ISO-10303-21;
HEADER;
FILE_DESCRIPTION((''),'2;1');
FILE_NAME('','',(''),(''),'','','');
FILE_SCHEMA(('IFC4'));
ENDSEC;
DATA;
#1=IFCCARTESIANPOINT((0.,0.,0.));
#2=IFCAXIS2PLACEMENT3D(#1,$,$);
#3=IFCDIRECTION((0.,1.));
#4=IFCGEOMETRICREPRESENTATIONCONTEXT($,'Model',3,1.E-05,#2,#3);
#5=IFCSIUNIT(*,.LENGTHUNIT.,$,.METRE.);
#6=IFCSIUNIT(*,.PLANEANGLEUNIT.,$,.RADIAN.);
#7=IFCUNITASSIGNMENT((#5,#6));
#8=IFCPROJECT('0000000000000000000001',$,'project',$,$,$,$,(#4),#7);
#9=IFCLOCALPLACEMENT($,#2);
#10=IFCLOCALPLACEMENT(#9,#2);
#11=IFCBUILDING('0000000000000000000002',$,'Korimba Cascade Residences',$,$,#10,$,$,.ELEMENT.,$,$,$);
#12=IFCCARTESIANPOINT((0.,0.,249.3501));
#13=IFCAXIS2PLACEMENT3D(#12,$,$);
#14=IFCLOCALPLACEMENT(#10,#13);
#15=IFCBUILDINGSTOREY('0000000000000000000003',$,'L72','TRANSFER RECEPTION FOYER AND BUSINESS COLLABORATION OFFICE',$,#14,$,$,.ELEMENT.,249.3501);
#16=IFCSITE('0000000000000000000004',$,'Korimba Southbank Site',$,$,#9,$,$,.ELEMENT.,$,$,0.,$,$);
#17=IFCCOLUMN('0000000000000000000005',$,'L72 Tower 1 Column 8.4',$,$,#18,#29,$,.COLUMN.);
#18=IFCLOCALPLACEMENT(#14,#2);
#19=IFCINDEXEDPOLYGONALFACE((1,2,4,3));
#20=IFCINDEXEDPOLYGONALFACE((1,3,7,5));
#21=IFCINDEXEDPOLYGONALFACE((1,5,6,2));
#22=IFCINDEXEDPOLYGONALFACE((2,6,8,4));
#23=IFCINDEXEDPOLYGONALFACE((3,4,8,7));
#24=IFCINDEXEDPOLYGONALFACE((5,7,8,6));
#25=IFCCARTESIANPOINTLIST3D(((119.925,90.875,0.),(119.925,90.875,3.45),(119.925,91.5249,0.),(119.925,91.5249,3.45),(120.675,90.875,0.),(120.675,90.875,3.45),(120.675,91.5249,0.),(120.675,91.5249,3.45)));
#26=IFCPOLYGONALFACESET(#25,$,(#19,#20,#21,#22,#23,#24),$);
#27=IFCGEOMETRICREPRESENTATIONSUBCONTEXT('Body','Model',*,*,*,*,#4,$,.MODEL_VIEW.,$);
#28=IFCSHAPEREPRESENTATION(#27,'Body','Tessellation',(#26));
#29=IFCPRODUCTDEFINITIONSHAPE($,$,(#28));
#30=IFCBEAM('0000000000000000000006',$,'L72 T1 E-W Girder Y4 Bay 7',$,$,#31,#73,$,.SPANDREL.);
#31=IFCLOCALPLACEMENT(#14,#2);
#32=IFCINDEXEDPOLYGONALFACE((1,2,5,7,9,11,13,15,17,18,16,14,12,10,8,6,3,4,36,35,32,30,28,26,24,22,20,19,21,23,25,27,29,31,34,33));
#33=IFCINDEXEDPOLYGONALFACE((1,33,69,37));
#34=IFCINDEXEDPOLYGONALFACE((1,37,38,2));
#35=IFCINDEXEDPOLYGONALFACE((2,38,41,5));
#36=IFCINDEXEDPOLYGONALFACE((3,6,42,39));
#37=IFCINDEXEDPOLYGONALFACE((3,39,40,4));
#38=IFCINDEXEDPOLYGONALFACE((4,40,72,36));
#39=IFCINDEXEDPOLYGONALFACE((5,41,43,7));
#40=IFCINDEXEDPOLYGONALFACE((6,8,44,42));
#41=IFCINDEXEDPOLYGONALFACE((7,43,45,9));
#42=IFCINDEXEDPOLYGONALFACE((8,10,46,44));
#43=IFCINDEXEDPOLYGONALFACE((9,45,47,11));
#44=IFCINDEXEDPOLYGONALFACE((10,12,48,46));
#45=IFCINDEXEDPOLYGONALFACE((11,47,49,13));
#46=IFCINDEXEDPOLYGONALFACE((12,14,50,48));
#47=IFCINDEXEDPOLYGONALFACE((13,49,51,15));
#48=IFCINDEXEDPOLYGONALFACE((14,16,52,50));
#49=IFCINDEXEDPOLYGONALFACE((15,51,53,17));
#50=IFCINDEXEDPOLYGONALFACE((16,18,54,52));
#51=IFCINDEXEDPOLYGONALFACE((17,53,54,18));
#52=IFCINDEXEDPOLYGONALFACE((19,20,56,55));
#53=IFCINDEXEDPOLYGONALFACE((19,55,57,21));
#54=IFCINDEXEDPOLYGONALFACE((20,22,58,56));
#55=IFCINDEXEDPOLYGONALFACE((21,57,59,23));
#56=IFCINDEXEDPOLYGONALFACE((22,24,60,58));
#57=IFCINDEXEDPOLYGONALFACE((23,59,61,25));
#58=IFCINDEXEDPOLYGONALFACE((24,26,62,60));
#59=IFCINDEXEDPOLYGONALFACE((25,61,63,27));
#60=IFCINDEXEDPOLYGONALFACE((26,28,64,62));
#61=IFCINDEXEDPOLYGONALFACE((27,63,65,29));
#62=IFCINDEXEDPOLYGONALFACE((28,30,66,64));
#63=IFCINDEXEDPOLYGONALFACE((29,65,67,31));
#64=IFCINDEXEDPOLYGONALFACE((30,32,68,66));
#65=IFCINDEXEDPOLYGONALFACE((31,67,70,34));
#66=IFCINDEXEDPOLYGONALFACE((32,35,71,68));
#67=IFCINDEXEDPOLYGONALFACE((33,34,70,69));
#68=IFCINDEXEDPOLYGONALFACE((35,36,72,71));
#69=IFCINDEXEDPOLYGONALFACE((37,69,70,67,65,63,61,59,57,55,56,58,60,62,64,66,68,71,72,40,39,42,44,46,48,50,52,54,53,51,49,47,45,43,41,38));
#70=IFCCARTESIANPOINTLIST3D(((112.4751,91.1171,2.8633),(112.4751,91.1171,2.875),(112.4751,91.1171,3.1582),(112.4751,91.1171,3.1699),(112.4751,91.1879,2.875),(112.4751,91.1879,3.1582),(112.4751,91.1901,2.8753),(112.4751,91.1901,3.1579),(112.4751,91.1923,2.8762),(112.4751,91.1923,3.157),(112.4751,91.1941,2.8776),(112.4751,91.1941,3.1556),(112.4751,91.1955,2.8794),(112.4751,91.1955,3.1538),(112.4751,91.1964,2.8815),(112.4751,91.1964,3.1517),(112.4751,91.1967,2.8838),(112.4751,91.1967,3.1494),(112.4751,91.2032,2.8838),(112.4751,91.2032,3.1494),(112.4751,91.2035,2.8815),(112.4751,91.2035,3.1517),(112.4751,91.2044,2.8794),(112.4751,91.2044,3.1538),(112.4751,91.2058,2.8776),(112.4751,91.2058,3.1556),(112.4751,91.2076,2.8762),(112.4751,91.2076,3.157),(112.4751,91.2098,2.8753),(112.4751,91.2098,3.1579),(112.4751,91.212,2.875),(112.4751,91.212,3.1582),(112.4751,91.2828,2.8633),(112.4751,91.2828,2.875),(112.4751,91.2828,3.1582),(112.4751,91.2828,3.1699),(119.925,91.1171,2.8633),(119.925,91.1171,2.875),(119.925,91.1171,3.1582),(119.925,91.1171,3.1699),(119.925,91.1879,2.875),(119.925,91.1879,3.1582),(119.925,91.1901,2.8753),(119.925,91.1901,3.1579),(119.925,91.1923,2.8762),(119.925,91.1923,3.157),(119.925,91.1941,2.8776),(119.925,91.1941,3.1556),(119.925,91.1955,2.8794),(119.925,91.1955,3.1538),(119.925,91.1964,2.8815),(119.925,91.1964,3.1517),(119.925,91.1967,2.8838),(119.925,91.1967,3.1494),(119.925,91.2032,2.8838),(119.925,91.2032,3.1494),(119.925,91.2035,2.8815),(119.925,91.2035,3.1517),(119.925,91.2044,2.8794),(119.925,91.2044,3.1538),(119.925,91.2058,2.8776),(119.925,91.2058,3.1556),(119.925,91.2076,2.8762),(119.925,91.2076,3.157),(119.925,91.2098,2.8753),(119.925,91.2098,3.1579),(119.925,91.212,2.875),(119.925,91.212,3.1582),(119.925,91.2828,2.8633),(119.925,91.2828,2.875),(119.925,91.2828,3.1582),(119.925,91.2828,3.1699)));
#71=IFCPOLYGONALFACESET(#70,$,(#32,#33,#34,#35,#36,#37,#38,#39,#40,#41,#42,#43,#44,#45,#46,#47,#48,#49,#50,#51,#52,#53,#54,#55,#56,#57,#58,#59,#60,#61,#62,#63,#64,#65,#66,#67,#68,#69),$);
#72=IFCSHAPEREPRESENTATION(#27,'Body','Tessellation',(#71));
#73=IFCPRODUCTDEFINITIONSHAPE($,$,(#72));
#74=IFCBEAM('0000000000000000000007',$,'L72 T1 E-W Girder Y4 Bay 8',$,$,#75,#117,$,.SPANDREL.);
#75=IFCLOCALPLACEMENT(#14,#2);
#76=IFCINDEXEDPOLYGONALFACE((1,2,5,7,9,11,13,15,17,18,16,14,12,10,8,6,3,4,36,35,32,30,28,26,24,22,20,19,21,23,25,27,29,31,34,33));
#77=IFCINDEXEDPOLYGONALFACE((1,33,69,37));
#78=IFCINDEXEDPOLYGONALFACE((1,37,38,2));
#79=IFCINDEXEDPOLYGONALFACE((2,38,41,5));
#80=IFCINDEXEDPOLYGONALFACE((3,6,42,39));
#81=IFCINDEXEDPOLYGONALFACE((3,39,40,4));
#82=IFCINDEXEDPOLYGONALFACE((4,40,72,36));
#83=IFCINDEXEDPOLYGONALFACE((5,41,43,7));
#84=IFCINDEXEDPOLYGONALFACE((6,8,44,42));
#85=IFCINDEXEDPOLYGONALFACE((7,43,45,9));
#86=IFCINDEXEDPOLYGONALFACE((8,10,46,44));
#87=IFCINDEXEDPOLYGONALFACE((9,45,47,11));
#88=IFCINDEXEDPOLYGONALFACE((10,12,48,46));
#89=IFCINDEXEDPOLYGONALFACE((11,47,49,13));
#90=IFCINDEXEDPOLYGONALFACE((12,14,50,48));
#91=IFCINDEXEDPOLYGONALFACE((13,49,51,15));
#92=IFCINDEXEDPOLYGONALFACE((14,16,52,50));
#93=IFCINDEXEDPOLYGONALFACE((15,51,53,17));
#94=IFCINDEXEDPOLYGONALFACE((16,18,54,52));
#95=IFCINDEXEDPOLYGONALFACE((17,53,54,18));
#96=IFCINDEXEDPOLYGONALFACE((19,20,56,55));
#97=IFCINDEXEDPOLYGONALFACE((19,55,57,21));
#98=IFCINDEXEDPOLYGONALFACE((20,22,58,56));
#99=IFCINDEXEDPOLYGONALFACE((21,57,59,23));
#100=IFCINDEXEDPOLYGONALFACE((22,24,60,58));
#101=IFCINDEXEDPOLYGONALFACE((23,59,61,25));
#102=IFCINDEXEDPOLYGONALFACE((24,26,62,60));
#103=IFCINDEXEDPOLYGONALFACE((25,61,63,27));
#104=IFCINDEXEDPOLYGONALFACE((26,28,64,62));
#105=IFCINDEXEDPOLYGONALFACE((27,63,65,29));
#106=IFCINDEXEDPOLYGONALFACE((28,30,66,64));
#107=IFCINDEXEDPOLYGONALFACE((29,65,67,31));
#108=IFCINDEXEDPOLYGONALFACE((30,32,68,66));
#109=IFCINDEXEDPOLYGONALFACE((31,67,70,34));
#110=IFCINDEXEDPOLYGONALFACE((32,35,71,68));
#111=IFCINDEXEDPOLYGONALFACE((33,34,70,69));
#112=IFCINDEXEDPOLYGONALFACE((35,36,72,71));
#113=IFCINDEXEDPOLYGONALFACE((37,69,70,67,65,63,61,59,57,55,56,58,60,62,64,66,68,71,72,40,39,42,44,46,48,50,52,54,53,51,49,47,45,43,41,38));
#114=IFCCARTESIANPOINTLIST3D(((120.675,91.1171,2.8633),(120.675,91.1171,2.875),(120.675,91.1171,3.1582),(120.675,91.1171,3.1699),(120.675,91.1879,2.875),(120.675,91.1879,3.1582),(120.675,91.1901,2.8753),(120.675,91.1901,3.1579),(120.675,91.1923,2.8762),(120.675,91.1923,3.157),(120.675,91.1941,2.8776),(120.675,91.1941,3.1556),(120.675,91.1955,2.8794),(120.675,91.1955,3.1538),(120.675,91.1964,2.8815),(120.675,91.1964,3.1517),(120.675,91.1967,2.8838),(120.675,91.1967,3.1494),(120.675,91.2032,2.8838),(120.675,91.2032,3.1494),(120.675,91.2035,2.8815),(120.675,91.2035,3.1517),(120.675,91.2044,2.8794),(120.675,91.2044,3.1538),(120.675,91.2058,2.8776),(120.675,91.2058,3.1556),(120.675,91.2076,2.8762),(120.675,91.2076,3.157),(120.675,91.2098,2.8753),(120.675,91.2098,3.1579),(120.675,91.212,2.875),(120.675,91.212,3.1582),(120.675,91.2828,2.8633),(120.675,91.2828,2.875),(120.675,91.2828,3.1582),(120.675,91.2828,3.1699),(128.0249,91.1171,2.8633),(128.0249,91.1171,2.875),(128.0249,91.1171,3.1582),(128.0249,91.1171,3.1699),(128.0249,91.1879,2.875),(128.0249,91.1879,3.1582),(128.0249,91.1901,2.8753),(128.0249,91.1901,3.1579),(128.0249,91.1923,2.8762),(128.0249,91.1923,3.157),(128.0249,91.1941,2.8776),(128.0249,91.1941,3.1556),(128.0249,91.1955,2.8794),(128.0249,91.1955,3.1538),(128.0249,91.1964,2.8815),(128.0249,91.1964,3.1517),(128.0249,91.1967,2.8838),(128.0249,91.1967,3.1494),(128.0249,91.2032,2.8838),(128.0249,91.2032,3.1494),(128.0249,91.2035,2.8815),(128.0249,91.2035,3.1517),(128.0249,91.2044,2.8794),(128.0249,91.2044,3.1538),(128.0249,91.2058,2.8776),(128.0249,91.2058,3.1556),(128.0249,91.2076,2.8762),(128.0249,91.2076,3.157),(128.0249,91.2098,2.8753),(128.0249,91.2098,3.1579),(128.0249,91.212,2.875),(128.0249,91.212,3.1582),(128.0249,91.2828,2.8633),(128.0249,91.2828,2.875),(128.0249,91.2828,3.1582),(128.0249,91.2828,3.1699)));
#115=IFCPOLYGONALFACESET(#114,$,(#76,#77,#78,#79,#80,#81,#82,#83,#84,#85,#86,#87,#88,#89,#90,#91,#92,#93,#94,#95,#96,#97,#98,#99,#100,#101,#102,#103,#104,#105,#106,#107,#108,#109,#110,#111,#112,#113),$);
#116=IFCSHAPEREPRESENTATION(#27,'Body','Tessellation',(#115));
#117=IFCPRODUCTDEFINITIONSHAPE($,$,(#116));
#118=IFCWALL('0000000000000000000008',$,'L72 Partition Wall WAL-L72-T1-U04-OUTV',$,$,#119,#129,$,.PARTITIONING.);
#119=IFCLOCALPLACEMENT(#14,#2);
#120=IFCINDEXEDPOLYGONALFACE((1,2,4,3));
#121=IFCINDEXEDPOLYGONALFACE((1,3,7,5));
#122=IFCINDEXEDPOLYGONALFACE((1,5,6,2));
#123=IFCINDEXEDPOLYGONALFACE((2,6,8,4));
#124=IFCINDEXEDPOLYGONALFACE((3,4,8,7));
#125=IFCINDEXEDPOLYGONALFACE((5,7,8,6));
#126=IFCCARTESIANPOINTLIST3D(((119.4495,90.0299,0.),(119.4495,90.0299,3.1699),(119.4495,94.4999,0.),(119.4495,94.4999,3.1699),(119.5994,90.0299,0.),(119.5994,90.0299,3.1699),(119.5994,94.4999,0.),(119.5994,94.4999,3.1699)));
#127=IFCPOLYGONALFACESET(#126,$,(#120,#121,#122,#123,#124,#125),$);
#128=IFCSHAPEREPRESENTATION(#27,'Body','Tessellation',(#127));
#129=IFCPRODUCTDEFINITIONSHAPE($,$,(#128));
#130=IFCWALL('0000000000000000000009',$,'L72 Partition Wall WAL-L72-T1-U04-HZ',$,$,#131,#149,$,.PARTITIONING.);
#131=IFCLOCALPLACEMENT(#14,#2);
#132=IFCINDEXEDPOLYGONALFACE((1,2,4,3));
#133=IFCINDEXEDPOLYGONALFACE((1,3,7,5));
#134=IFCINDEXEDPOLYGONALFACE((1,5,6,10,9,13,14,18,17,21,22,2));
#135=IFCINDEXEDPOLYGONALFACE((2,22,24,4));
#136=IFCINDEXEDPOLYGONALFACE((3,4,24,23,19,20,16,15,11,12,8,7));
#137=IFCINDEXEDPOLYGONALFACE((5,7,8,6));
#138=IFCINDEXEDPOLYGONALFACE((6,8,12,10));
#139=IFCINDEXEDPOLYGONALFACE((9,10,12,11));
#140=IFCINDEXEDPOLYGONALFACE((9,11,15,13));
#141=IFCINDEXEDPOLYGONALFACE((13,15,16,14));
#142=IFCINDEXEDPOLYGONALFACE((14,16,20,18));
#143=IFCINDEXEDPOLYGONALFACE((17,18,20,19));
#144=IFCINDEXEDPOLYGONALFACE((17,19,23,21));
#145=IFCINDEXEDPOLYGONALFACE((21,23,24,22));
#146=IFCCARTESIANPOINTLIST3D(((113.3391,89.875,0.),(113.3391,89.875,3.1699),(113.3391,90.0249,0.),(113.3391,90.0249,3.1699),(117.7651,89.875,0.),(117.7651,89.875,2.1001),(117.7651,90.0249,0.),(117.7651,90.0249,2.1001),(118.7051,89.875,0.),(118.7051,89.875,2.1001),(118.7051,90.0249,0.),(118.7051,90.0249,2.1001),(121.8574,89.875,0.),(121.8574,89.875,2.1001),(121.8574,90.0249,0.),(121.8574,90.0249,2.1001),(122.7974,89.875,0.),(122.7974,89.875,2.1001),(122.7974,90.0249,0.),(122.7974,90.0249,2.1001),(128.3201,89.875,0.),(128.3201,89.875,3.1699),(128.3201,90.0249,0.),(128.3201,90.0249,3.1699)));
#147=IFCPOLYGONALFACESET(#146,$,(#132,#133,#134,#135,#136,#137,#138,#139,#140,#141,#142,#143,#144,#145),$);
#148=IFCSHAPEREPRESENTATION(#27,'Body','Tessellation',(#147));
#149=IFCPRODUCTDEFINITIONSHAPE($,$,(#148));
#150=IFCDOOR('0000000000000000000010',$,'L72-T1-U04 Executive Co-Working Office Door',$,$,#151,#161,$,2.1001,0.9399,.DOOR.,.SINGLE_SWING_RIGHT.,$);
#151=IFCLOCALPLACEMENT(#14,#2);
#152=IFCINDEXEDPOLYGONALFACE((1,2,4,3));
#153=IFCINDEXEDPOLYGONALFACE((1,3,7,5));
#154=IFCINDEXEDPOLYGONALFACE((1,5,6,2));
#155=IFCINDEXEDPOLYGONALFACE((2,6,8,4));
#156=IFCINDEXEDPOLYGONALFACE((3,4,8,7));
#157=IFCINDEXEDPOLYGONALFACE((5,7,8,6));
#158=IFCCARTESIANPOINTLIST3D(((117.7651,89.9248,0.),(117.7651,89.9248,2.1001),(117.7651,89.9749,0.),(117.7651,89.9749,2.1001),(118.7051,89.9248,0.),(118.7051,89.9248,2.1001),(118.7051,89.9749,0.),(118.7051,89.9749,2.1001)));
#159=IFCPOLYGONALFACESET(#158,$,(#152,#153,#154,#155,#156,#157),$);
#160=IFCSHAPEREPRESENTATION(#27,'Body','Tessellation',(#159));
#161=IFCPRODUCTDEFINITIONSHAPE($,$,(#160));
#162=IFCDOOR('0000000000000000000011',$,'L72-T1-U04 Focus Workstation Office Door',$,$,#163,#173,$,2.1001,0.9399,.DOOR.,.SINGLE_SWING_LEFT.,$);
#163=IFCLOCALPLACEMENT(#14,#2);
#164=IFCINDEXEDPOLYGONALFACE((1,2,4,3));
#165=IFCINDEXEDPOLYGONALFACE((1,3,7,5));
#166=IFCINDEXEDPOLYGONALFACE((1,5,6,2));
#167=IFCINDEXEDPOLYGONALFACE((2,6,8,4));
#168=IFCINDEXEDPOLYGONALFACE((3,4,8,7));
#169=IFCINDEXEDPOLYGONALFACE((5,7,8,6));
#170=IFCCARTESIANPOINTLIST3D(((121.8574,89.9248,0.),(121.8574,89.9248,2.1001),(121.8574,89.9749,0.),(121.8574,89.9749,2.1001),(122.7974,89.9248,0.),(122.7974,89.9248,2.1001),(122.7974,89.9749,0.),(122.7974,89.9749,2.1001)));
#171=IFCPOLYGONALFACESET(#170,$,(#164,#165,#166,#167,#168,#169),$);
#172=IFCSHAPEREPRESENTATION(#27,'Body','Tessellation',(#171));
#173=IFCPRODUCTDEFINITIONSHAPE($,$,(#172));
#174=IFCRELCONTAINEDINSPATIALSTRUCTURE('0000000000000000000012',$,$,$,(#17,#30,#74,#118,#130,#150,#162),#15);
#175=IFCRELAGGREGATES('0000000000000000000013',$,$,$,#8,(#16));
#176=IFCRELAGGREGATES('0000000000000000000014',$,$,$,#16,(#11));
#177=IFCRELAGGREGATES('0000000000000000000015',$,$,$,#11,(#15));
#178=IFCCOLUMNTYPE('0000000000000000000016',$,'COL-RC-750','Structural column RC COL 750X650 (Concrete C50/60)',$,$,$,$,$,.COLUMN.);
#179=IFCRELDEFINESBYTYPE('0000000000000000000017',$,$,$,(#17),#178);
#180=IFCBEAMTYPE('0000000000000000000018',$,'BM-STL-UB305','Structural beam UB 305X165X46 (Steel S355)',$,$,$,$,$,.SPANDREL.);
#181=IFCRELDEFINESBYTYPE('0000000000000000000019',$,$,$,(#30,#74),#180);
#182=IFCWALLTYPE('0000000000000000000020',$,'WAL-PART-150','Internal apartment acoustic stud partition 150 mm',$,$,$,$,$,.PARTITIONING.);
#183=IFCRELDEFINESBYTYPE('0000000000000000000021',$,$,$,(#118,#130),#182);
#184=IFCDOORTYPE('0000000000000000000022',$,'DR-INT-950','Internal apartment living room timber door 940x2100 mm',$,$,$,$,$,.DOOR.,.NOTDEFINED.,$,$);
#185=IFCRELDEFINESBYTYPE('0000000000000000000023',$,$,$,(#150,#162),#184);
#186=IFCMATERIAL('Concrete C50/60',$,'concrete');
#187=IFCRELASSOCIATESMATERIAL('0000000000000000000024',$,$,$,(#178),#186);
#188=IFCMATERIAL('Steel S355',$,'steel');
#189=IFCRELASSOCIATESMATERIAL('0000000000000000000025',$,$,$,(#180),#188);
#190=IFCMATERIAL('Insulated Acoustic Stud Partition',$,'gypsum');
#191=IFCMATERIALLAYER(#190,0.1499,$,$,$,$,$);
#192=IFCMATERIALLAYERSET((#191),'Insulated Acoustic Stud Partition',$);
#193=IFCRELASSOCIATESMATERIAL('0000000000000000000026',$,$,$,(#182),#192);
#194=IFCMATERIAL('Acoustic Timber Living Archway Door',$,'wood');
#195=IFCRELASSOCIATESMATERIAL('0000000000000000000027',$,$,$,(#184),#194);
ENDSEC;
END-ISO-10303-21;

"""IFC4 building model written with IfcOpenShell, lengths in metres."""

from ifc_helpers import new_model, si_unit, direction, frame, frame_2d, origin, origin_2d, place, context, subcontext, project, spatial, rectangle, i_section, extrude, material, layer, layer_set, material_profile, profile_set, type_object, element, fill, save


model = new_model("IFC4")

# Units and contexts
model_context = context("Model", 3, precision=1e-05, world=origin(), true_north=direction((0.0, 1.0)))
body_context = subcontext(model_context, "Body", "Model", "MODEL_VIEW")
ifc_project = project(units=[si_unit("LENGTHUNIT", "METRE"), si_unit("PLANEANGLEUNIT", "RADIAN")], contexts=[model_context])

# Site, building, storey
site_placement = place(None, origin())
site = spatial("IfcSite", under=ifc_project, at=site_placement, Name="Korimba Southbank Site", CompositionType="ELEMENT", RefElevation=0.0)
building_placement = place(site_placement, origin())
building = spatial("IfcBuilding", under=site, at=building_placement, Name="Korimba Cascade Residences", CompositionType="ELEMENT")
storey_placement = place(building_placement, frame((0.0, 0.0, 249.3501)))
storey = spatial("IfcBuildingStorey", under=building, at=storey_placement, Name="L72", Description="TRANSFER RECEPTION FOYER AND BUSINESS COLLABORATION OFFICE", CompositionType="ELEMENT", Elevation=249.3501)

# Column
ifc_material_1 = material(Name="Concrete C50/60", Category="concrete")
ifc_material_profile_1 = material_profile(ifc_material_1, rectangle(XDim=0.75, YDim=0.6499, at=origin_2d()), Name="Concrete C50/60")
ifc_profile_set_1 = profile_set([ifc_material_profile_1], Name="Concrete C50/60")
column_type = type_object("IfcColumnType", Name="COL-RC-750", Description="Structural column RC COL 750X650 (Concrete C50/60)", PredefinedType="COLUMN", material=ifc_profile_set_1)
column_placement = place(storey_placement, frame((120.3, 91.2, 0.0), z_axis=(0.0, 0.0, 1.0), x_axis=(1.0, 0.0, 0.0)))
element("IfcColumn", 1, at=column_placement, inside=storey, type_object=column_type, Name="L72 Tower 1 Column 8.4", PredefinedType="COLUMN", context=body_context, shape_type="SweptSolid", body=[
    extrude(rectangle(XDim=0.75, YDim=0.6499, at=origin_2d()), origin(), (0.0, 0.0, 1.0), 3.45),
])

# Beams
ifc_material_2 = material(Name="Steel S355", Category="steel")
ifc_material_profile_2 = material_profile(ifc_material_2, i_section(OverallWidth=0.1658, OverallDepth=0.3066, WebThickness=0.0066, FlangeThickness=0.0117, FilletRadius=0.0088, at=origin_2d()), Name="Steel S355")
ifc_profile_set_2 = profile_set([ifc_material_profile_2], Name="Steel S355")
beam_type = type_object("IfcBeamType", Name="BM-STL-UB305", Description="Structural beam UB 305X165X46 (Steel S355)", PredefinedType="SPANDREL", material=ifc_profile_set_2)
beam_1_placement = place(storey_placement, frame((112.4751, 91.2, 3.0166), z_axis=(1.0, 0.0, 0.0), x_axis=(0.0, 1.0, 0.0)))
element("IfcBeam", 2, at=beam_1_placement, inside=storey, type_object=beam_type, Name="L72 T1 E-W Girder Y4 Bay 7", PredefinedType="SPANDREL", context=body_context, shape_type="SweptSolid", body=[
    extrude(i_section(OverallWidth=0.1658, OverallDepth=0.3066, WebThickness=0.0066, FlangeThickness=0.0117, FilletRadius=0.0088, at=origin_2d()), origin(), (0.0, 0.0, 1.0), 7.45),
])
beam_2_placement = place(storey_placement, frame((120.675, 91.2, 3.0166), z_axis=(1.0, 0.0, 0.0), x_axis=(0.0, 1.0, 0.0)))
element("IfcBeam", 3, at=beam_2_placement, inside=storey, type_object=beam_type, Name="L72 T1 E-W Girder Y4 Bay 8", PredefinedType="SPANDREL", context=body_context, shape_type="SweptSolid", body=[
    extrude(i_section(OverallWidth=0.1658, OverallDepth=0.3066, WebThickness=0.0066, FlangeThickness=0.0117, FilletRadius=0.0088, at=origin_2d()), origin(), (0.0, 0.0, 1.0), 7.3499),
])

# Wall
ifc_material_3 = material(Name="Insulated Acoustic Stud Partition", Category="gypsum")
ifc_layer = layer(ifc_material_3, 0.1499)
ifc_layer_set = layer_set([ifc_layer], Name="Insulated Acoustic Stud Partition")
wall_type = type_object("IfcWallType", Name="WAL-PART-150", Description="Internal apartment acoustic stud partition 150 mm", PredefinedType="PARTITIONING", material=ifc_layer_set)
wall_1_placement = place(storey_placement, frame((119.5244, 90.03, 0.0), z_axis=(0.0, 0.0, 1.0), x_axis=(0.0, 1.0, 0.0)))
element("IfcWall", 4, at=wall_1_placement, inside=storey, type_object=wall_type, Name="L72 Partition Wall WAL-L72-T1-U04-OUTV", PredefinedType="PARTITIONING", context=body_context, shape_type="SweptSolid", body=[
    extrude(rectangle(XDim=4.47, YDim=0.1499, at=frame_2d((2.2349, 0.0))), origin(), (0.0, 0.0, 1.0), 3.1699),
])

# Wall, openings, doors
wall_2_placement = place(storey_placement, frame((113.3391, 89.95, 0.0), z_axis=(0.0, 0.0, 1.0), x_axis=(1.0, 0.0, 0.0)))
wall_2 = element("IfcWall", 5, at=wall_2_placement, inside=storey, type_object=wall_type, Name="L72 Partition Wall WAL-L72-T1-U04-HZ", PredefinedType="PARTITIONING", context=body_context, shape_type="SweptSolid", body=[
    extrude(rectangle(XDim=14.981, YDim=0.1499, at=frame_2d((7.4905, 0.0))), origin(), (0.0, 0.0, 1.0), 3.1699),
])
opening_1_placement = place(wall_2_placement, frame((4.426, 0.0, 0.0)))
opening_1 = element("IfcOpeningElement", 6, at=opening_1_placement, cuts=wall_2, PredefinedType="OPENING", context=body_context, shape_type="SweptSolid", body=[
    extrude(rectangle(XDim=0.9399, YDim=2.1001, at=frame_2d((0.47, 1.05))), frame((0.0, 0.085, 0.0), z_axis=(0.0, -1.0, 0.0), x_axis=(1.0, 0.0, 0.0)), (0.0, 0.0, 1.0), 0.1699),
])
opening_2_placement = place(wall_2_placement, frame((8.5183, 0.0, 0.0)))
opening_2 = element("IfcOpeningElement", 7, at=opening_2_placement, cuts=wall_2, PredefinedType="OPENING", context=body_context, shape_type="SweptSolid", body=[
    extrude(rectangle(XDim=0.9399, YDim=2.1001, at=frame_2d((0.47, 1.05))), frame((0.0, 0.085, 0.0), z_axis=(0.0, -1.0, 0.0), x_axis=(1.0, 0.0, 0.0)), (0.0, 0.0, 1.0), 0.1699),
])
ifc_material_4 = material(Name="Acoustic Timber Living Archway Door", Category="wood")
door_type = type_object("IfcDoorType", Name="DR-INT-950", Description="Internal apartment living room timber door 940x2100 mm", OperationType="NOTDEFINED", PredefinedType="DOOR", material=ifc_material_4)
door_1_placement = place(opening_1_placement, origin())
door_1 = element("IfcDoor", 8, at=door_1_placement, inside=storey, type_object=door_type, Name="L72-T1-U04 Executive Co-Working Office Door", OperationType="SINGLE_SWING_RIGHT", OverallHeight=2.1001, OverallWidth=0.9399, PredefinedType="DOOR", context=body_context, shape_type="SweptSolid", body=[
    extrude(rectangle(XDim=0.9399, YDim=2.1001, at=frame_2d((0.47, 1.05))), frame((0.0, 0.0249, 0.0), z_axis=(0.0, -1.0, 0.0), x_axis=(1.0, 0.0, 0.0)), (0.0, 0.0, 1.0), 0.05),
])
fill(opening_1, door_1)
door_2_placement = place(opening_2_placement, origin())
door_2 = element("IfcDoor", 9, at=door_2_placement, inside=storey, type_object=door_type, Name="L72-T1-U04 Focus Workstation Office Door", OperationType="SINGLE_SWING_LEFT", OverallHeight=2.1001, OverallWidth=0.9399, PredefinedType="DOOR", context=body_context, shape_type="SweptSolid", body=[
    extrude(rectangle(XDim=0.9399, YDim=2.1001, at=frame_2d((0.47, 1.05))), frame((0.0, 0.0249, 0.0), z_axis=(0.0, -1.0, 0.0), x_axis=(1.0, 0.0, 0.0)), (0.0, 0.0, 1.0), 0.05),
])
fill(opening_2, door_2)

save(model, "model.ifc")
